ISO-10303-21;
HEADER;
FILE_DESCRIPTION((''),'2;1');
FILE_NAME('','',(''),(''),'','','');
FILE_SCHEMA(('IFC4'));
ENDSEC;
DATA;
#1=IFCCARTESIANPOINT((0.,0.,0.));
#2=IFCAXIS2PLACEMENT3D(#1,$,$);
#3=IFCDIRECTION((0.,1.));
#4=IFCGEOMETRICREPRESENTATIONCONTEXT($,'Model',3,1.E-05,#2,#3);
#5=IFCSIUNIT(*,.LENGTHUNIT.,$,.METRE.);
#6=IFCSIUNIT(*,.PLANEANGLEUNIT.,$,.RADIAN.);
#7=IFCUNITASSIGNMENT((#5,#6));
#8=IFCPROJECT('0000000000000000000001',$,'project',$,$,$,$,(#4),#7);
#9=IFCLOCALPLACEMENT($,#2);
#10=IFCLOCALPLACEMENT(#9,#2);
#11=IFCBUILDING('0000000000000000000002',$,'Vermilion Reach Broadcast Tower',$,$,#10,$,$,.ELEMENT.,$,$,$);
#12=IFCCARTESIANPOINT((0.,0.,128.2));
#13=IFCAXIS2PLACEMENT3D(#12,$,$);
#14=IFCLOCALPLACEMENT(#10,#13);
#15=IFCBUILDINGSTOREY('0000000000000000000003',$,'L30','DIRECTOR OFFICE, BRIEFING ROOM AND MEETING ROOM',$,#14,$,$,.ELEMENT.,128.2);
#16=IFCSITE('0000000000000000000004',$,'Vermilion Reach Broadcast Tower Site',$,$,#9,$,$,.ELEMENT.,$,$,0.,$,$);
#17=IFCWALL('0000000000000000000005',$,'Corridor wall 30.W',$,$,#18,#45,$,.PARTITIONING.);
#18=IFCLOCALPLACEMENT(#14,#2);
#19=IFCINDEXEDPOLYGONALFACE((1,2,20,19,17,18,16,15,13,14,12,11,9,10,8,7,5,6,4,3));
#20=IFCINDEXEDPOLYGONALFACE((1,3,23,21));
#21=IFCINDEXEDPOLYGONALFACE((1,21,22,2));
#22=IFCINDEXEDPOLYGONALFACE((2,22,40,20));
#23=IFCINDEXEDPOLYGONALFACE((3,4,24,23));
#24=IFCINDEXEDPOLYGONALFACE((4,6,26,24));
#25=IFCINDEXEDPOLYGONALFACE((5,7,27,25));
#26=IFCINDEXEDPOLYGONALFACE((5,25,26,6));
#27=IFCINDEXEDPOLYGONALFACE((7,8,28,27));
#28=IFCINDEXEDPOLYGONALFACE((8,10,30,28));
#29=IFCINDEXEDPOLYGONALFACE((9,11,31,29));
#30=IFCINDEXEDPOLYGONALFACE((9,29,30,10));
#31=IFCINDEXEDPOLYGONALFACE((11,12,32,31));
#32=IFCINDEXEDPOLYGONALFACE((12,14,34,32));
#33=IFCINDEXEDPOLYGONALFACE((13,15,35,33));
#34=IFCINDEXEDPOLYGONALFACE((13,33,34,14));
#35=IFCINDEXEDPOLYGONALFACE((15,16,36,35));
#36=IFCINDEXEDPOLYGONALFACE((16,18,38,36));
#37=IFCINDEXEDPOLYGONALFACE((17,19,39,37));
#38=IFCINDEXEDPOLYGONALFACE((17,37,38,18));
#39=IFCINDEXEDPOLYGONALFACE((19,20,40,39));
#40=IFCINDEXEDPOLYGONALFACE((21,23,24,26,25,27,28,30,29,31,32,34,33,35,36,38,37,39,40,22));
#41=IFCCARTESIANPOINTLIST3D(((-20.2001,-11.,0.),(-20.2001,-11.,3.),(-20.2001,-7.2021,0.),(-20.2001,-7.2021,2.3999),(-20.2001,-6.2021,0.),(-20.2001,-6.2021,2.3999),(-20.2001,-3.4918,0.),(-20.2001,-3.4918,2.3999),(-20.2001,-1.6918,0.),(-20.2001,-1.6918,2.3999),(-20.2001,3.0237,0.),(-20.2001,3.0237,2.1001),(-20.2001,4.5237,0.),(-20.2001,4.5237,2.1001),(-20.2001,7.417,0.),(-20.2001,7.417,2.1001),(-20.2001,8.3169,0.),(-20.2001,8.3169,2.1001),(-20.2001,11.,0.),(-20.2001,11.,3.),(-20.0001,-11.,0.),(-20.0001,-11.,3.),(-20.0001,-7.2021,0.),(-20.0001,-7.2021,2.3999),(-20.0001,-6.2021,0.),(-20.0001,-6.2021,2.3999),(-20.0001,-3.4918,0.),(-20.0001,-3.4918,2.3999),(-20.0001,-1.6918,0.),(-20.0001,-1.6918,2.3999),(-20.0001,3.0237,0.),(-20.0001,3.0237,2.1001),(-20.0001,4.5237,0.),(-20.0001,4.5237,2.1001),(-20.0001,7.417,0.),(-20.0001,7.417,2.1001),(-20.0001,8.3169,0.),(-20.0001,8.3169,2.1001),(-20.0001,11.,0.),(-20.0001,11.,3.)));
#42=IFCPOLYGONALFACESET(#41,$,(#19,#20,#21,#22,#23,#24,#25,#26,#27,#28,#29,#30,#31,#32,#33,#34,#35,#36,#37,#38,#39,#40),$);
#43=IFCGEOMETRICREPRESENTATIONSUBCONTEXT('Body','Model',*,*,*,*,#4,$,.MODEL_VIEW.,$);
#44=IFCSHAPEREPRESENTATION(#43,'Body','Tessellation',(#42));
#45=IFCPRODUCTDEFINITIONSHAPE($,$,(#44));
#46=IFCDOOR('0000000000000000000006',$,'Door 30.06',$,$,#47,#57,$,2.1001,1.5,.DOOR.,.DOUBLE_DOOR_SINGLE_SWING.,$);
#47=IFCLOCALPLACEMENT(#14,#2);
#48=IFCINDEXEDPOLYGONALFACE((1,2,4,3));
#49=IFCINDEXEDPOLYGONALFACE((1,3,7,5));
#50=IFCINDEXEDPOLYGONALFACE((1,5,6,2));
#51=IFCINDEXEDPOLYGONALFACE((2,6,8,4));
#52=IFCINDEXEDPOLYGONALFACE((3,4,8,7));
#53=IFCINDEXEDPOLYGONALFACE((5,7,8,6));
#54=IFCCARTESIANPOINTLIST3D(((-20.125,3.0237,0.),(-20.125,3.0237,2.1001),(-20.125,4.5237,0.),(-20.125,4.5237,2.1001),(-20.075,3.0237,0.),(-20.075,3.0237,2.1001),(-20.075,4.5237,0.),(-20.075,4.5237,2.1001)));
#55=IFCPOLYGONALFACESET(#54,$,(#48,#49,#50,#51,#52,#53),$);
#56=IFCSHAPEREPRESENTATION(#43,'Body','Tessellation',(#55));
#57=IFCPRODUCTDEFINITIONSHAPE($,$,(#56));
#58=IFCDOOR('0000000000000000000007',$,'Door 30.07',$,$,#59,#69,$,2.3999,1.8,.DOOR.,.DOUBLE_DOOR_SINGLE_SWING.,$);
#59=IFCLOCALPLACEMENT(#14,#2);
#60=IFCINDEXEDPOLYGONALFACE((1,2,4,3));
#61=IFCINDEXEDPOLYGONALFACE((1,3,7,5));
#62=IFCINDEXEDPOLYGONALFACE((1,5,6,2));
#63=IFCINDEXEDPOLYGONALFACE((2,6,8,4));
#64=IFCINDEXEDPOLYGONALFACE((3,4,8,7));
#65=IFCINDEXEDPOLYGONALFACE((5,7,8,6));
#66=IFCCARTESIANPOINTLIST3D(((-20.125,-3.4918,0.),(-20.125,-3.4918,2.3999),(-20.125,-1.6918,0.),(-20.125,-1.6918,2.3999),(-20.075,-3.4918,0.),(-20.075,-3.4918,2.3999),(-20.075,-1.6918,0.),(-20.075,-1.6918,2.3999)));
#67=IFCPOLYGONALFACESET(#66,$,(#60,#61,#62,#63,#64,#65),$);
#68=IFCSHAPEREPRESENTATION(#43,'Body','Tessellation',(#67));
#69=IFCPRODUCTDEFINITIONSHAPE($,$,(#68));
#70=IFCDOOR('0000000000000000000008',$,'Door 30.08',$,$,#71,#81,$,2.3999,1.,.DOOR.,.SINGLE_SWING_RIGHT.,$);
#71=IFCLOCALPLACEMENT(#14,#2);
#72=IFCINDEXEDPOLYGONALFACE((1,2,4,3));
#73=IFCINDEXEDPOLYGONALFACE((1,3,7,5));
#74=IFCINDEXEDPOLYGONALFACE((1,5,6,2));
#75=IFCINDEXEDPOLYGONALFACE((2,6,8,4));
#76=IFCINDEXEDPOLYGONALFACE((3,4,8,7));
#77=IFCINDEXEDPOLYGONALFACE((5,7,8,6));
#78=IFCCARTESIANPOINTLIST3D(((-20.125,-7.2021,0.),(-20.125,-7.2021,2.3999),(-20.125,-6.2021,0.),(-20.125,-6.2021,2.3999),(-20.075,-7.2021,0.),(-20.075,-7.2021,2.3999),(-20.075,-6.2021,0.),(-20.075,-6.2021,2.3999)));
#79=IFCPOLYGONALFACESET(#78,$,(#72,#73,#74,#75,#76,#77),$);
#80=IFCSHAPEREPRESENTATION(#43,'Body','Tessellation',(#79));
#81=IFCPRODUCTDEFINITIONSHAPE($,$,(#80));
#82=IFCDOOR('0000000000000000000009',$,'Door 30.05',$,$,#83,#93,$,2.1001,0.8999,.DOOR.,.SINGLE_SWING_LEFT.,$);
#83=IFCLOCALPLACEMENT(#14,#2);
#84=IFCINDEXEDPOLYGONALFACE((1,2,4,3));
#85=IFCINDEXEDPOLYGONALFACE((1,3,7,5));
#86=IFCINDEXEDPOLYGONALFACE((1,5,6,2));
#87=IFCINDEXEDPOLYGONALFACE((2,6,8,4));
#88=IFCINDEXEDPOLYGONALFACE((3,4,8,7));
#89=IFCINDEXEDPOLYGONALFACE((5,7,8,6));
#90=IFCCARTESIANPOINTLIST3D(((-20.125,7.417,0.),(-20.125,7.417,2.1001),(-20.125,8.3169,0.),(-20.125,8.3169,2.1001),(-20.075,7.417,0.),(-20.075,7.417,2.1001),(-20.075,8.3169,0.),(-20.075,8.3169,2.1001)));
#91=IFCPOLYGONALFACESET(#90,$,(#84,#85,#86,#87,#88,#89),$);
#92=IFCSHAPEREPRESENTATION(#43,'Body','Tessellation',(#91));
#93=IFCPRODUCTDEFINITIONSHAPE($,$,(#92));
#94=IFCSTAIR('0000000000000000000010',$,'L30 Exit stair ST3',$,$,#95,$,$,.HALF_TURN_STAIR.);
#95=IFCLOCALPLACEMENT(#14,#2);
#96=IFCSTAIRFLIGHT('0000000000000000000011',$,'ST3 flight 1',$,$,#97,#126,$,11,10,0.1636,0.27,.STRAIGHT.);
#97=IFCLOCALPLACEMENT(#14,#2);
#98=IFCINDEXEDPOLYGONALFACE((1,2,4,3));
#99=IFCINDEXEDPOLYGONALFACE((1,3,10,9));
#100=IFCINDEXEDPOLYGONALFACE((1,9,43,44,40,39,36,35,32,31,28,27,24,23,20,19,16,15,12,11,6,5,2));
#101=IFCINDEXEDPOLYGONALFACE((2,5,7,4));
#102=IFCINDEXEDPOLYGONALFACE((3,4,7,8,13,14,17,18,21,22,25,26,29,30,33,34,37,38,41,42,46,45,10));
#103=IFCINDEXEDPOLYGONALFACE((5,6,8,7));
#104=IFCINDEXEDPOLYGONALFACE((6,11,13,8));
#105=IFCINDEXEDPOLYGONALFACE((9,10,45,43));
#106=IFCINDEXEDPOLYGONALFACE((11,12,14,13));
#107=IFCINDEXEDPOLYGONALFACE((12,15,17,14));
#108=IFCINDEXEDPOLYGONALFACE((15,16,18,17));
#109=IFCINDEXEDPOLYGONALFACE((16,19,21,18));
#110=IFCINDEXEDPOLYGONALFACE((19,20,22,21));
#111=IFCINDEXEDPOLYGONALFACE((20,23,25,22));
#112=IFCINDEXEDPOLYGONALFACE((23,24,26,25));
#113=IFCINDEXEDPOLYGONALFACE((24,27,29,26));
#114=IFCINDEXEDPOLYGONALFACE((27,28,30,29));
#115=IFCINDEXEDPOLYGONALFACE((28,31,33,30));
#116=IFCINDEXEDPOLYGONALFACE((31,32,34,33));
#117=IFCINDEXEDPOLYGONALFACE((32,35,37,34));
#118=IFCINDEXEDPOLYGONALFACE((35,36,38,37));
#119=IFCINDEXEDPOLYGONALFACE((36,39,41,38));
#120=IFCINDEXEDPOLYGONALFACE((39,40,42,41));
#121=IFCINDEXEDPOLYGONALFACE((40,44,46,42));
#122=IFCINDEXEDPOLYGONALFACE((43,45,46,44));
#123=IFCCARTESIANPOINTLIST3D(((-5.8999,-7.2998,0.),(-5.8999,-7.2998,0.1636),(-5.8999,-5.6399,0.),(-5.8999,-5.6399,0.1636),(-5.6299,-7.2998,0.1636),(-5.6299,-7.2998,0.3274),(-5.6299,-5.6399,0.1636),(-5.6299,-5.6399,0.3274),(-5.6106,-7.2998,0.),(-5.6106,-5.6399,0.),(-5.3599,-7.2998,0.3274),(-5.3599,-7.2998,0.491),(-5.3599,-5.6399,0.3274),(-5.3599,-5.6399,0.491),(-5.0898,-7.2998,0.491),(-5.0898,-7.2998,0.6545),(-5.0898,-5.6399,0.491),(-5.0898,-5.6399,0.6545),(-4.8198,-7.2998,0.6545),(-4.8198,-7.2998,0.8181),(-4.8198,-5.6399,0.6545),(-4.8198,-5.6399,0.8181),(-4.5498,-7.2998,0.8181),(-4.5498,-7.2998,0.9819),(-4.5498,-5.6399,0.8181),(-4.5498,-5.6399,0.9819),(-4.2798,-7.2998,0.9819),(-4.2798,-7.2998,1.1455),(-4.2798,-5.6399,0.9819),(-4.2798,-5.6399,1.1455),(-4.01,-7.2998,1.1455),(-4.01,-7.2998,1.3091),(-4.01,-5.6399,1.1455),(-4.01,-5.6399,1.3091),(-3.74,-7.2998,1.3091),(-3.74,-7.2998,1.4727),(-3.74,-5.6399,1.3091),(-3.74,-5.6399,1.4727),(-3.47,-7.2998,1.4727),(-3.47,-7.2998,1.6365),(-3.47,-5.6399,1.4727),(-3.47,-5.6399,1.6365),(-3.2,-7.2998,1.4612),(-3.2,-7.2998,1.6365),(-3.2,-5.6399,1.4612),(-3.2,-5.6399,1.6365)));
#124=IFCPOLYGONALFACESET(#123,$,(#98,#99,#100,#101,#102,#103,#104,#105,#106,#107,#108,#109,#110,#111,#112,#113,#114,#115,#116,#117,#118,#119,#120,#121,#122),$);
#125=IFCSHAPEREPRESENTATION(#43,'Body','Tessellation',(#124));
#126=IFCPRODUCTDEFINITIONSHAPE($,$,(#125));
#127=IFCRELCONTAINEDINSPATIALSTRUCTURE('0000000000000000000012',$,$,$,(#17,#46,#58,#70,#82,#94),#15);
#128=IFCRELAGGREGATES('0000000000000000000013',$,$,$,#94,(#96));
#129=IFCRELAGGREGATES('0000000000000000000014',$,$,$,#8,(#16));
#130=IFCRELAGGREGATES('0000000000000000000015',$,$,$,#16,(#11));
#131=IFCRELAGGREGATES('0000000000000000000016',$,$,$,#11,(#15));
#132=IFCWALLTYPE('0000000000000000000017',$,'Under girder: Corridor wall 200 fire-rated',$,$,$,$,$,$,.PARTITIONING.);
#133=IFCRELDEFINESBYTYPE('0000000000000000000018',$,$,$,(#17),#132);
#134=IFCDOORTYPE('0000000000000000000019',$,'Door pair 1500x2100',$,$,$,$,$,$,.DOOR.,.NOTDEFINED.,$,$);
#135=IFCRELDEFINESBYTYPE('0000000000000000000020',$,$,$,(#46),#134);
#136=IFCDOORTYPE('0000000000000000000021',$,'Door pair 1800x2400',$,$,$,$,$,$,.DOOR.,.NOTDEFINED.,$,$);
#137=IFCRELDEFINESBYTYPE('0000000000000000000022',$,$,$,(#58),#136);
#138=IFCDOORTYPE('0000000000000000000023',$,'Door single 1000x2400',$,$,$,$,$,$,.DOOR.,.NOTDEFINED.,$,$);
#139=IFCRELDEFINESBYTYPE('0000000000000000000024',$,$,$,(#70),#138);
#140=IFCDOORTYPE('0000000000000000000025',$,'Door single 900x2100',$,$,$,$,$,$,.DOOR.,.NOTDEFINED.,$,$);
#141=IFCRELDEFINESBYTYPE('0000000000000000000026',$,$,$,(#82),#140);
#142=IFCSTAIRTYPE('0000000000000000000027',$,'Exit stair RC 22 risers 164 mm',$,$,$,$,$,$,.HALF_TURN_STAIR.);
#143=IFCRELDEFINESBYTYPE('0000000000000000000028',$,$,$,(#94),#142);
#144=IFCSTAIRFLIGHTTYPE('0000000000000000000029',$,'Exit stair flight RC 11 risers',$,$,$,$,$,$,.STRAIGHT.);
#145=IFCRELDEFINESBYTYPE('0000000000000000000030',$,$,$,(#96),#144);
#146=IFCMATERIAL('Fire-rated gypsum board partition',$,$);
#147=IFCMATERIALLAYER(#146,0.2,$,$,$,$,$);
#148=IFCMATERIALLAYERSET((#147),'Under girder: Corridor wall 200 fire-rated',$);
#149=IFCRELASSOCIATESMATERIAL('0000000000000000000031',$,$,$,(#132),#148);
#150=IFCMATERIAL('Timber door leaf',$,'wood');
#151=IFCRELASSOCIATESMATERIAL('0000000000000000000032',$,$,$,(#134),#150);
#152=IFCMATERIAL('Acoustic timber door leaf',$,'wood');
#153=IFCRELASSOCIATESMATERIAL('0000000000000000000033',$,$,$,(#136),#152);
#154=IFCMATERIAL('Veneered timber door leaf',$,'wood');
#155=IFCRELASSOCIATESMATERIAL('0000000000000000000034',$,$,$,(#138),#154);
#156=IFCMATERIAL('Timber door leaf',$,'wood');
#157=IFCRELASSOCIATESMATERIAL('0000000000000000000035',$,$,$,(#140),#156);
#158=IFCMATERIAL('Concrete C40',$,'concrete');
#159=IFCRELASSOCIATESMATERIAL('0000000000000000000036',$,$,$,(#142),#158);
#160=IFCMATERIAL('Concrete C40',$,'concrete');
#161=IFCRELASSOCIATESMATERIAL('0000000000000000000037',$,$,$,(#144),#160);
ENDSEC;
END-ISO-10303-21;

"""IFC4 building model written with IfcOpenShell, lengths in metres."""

from ifc_helpers import new_model, si_unit, direction, frame, frame_2d, origin, place, context, subcontext, project, spatial, polyline, rectangle, outline, extrude, material, layer, layer_set, type_object, element, fill, aggregate, save


model = new_model("IFC4")

# Units and contexts
model_context = context("Model", 3, precision=1e-05, world=origin(), true_north=direction((0.0, 1.0)))
body_context = subcontext(model_context, "Body", "Model", "MODEL_VIEW")
ifc_project = project(units=[si_unit("LENGTHUNIT", "METRE"), si_unit("PLANEANGLEUNIT", "RADIAN")], contexts=[model_context])

# Site, building, storey
site_placement = place(None, origin())
site = spatial("IfcSite", under=ifc_project, at=site_placement, Name="Vermilion Reach Broadcast Tower Site", CompositionType="ELEMENT", RefElevation=0.0)
building_placement = place(site_placement, origin())
building = spatial("IfcBuilding", under=site, at=building_placement, Name="Vermilion Reach Broadcast Tower", CompositionType="ELEMENT")
storey_placement = place(building_placement, frame((0.0, 0.0, 128.2)))
storey = spatial("IfcBuildingStorey", under=building, at=storey_placement, Name="L30", Description="DIRECTOR OFFICE, BRIEFING ROOM AND MEETING ROOM", CompositionType="ELEMENT", Elevation=128.2)

# Wall, openings, doors
ifc_material_1 = material(Name="Fire-rated gypsum board partition")
ifc_layer_1 = layer(ifc_material_1, 0.2)
ifc_layer_set_1 = layer_set([ifc_layer_1], Name="Under girder: Corridor wall 200 fire-rated")
wall_type_1 = type_object("IfcWallType", Name="Under girder: Corridor wall 200 fire-rated", PredefinedType="PARTITIONING", material=ifc_layer_set_1)
wall_1_placement = place(storey_placement, frame((-20.1001, -11.0, 0.0), z_axis=(0.0, 0.0, 1.0), x_axis=(0.0, 1.0, 0.0)))
wall_1 = element("IfcWall", 1, at=wall_1_placement, inside=storey, type_object=wall_type_1, Name="Corridor wall 30.W", PredefinedType="PARTITIONING", context=body_context, shape_type="SweptSolid", body=[
    extrude(rectangle(XDim=22.0, YDim=0.2, at=frame_2d((11.0, 0.0))), origin(), (0.0, 0.0, 1.0), 3.0),
])
opening_1_placement = place(wall_1_placement, frame((18.417, 0.0, 0.0)))
opening_1 = element("IfcOpeningElement", 2, at=opening_1_placement, cuts=wall_1, PredefinedType="OPENING", context=body_context, shape_type="SweptSolid", body=[
    extrude(rectangle(XDim=0.8999, YDim=2.1001, at=frame_2d((0.45, 1.05))), frame((0.0, 0.1099, 0.0), z_axis=(0.0, -1.0, 0.0), x_axis=(1.0, 0.0, 0.0)), (0.0, 0.0, 1.0), 0.22),
])
opening_2_placement = place(wall_1_placement, frame((14.0237, 0.0, 0.0)))
opening_2 = element("IfcOpeningElement", 3, at=opening_2_placement, cuts=wall_1, PredefinedType="OPENING", context=body_context, shape_type="SweptSolid", body=[
    extrude(rectangle(XDim=1.5, YDim=2.1001, at=frame_2d((0.75, 1.05))), frame((0.0, 0.1099, 0.0), z_axis=(0.0, -1.0, 0.0), x_axis=(1.0, 0.0, 0.0)), (0.0, 0.0, 1.0), 0.22),
])
opening_3_placement = place(wall_1_placement, frame((7.5083, 0.0, 0.0)))
opening_3 = element("IfcOpeningElement", 4, at=opening_3_placement, cuts=wall_1, PredefinedType="OPENING", context=body_context, shape_type="SweptSolid", body=[
    extrude(rectangle(XDim=1.8, YDim=2.3999, at=frame_2d((0.8999, 1.2))), frame((0.0, 0.1099, 0.0), z_axis=(0.0, -1.0, 0.0), x_axis=(1.0, 0.0, 0.0)), (0.0, 0.0, 1.0), 0.22),
])
opening_4_placement = place(wall_1_placement, frame((3.7979, 0.0, 0.0)))
opening_4 = element("IfcOpeningElement", 5, at=opening_4_placement, cuts=wall_1, PredefinedType="OPENING", context=body_context, shape_type="SweptSolid", body=[
    extrude(rectangle(XDim=1.0, YDim=2.3999, at=frame_2d((0.5, 1.2))), frame((0.0, 0.1099, 0.0), z_axis=(0.0, -1.0, 0.0), x_axis=(1.0, 0.0, 0.0)), (0.0, 0.0, 1.0), 0.22),
])
ifc_material_2 = material(Name="Timber door leaf", Category="wood")
door_type_1 = type_object("IfcDoorType", Name="Door pair 1500x2100", OperationType="NOTDEFINED", PredefinedType="DOOR", material=ifc_material_2)
door_1_placement = place(opening_2_placement, origin())
door_1 = element("IfcDoor", 6, at=door_1_placement, inside=storey, type_object=door_type_1, Name="Door 30.06", OperationType="DOUBLE_DOOR_SINGLE_SWING", OverallHeight=2.1001, OverallWidth=1.5, PredefinedType="DOOR", context=body_context, shape_type="SweptSolid", body=[
    extrude(rectangle(XDim=1.5, YDim=2.1001, at=frame_2d((0.75, 1.05))), frame((0.0, 0.0249, 0.0), z_axis=(0.0, -1.0, 0.0), x_axis=(1.0, 0.0, 0.0)), (0.0, 0.0, 1.0), 0.05),
])
fill(opening_2, door_1)
ifc_material_3 = material(Name="Acoustic timber door leaf", Category="wood")
door_type_2 = type_object("IfcDoorType", Name="Door pair 1800x2400", OperationType="NOTDEFINED", PredefinedType="DOOR", material=ifc_material_3)
door_2_placement = place(opening_3_placement, origin())
door_2 = element("IfcDoor", 7, at=door_2_placement, inside=storey, type_object=door_type_2, Name="Door 30.07", OperationType="DOUBLE_DOOR_SINGLE_SWING", OverallHeight=2.3999, OverallWidth=1.8, PredefinedType="DOOR", context=body_context, shape_type="SweptSolid", body=[
    extrude(rectangle(XDim=1.8, YDim=2.3999, at=frame_2d((0.8999, 1.2))), frame((0.0, 0.0249, 0.0), z_axis=(0.0, -1.0, 0.0), x_axis=(1.0, 0.0, 0.0)), (0.0, 0.0, 1.0), 0.05),
])
fill(opening_3, door_2)
ifc_material_4 = material(Name="Veneered timber door leaf", Category="wood")
door_type_3 = type_object("IfcDoorType", Name="Door single 1000x2400", OperationType="NOTDEFINED", PredefinedType="DOOR", material=ifc_material_4)
door_3_placement = place(opening_4_placement, origin())
door_3 = element("IfcDoor", 8, at=door_3_placement, inside=storey, type_object=door_type_3, Name="Door 30.08", OperationType="SINGLE_SWING_RIGHT", OverallHeight=2.3999, OverallWidth=1.0, PredefinedType="DOOR", context=body_context, shape_type="SweptSolid", body=[
    extrude(rectangle(XDim=1.0, YDim=2.3999, at=frame_2d((0.5, 1.2))), frame((0.0, 0.0249, 0.0), z_axis=(0.0, -1.0, 0.0), x_axis=(1.0, 0.0, 0.0)), (0.0, 0.0, 1.0), 0.05),
])
fill(opening_4, door_3)
ifc_material_5 = material(Name="Timber door leaf", Category="wood")
door_type_4 = type_object("IfcDoorType", Name="Door single 900x2100", OperationType="NOTDEFINED", PredefinedType="DOOR", material=ifc_material_5)
door_4_placement = place(opening_1_placement, origin())
door_4 = element("IfcDoor", 9, at=door_4_placement, inside=storey, type_object=door_type_4, Name="Door 30.05", OperationType="SINGLE_SWING_LEFT", OverallHeight=2.1001, OverallWidth=0.8999, PredefinedType="DOOR", context=body_context, shape_type="SweptSolid", body=[
    extrude(rectangle(XDim=0.8999, YDim=2.1001, at=frame_2d((0.45, 1.05))), frame((0.0, 0.0249, 0.0), z_axis=(0.0, -1.0, 0.0), x_axis=(1.0, 0.0, 0.0)), (0.0, 0.0, 1.0), 0.05),
])
fill(opening_1, door_4)

# Stair, stair flight
ifc_material_6 = material(Name="Concrete C40", Category="concrete")
stair_type = type_object("IfcStairType", Name="Exit stair RC 22 risers 164 mm", PredefinedType="HALF_TURN_STAIR", material=ifc_material_6)
stair_placement = place(storey_placement, origin())
stair = element("IfcStair", 10, at=stair_placement, inside=storey, type_object=stair_type, Name="L30 Exit stair ST3", PredefinedType="HALF_TURN_STAIR")
ifc_material_7 = material(Name="Concrete C40", Category="concrete")
stair_flight_type = type_object("IfcStairFlightType", Name="Exit stair flight RC 11 risers", PredefinedType="STRAIGHT", material=ifc_material_7)
stair_flight_placement = place(storey_placement, frame((-5.8999, -6.47, 0.0), z_axis=(0.0, 0.0, 1.0), x_axis=(1.0, 0.0, 0.0)))
stair_flight = element("IfcStairFlight", 11, at=stair_flight_placement, type_object=stair_flight_type, Name="ST3 flight 1", NumberOfRisers=11, NumberOfTreads=10, PredefinedType="STRAIGHT", RiserHeight=0.1636, TreadLength=0.27, context=body_context, shape_type="SweptSolid", body=[
    extrude(outline(polyline([(0.0, 0.0), (0.0, 0.1636), (0.27, 0.1636), (0.27, 0.3274), (0.54, 0.3274), (0.54, 0.491), (0.8101, 0.491), (0.8101, 0.6545), (1.0801, 0.6545), (1.0801, 0.8181), (1.3501, 0.8181), (1.3501, 0.9819), (1.6201, 0.9819), (1.6201, 1.1455), (1.8899, 1.1455), (1.8899, 1.3091), (2.1599, 1.3091), (2.1599, 1.4727), (2.4299, 1.4727), (2.4299, 1.6365), (2.7, 1.6365), (2.7, 1.8), (2.7, 1.4612), (0.2893, 0.0), (0.0, 0.0)])), frame((0.0, 0.8301, 0.0), z_axis=(0.0, -1.0, 0.0), x_axis=(1.0, 0.0, 0.0)), (0.0, 0.0, 1.0), 1.6599),
])
aggregate(stair, [stair_flight])

save(model, "model.ifc")
